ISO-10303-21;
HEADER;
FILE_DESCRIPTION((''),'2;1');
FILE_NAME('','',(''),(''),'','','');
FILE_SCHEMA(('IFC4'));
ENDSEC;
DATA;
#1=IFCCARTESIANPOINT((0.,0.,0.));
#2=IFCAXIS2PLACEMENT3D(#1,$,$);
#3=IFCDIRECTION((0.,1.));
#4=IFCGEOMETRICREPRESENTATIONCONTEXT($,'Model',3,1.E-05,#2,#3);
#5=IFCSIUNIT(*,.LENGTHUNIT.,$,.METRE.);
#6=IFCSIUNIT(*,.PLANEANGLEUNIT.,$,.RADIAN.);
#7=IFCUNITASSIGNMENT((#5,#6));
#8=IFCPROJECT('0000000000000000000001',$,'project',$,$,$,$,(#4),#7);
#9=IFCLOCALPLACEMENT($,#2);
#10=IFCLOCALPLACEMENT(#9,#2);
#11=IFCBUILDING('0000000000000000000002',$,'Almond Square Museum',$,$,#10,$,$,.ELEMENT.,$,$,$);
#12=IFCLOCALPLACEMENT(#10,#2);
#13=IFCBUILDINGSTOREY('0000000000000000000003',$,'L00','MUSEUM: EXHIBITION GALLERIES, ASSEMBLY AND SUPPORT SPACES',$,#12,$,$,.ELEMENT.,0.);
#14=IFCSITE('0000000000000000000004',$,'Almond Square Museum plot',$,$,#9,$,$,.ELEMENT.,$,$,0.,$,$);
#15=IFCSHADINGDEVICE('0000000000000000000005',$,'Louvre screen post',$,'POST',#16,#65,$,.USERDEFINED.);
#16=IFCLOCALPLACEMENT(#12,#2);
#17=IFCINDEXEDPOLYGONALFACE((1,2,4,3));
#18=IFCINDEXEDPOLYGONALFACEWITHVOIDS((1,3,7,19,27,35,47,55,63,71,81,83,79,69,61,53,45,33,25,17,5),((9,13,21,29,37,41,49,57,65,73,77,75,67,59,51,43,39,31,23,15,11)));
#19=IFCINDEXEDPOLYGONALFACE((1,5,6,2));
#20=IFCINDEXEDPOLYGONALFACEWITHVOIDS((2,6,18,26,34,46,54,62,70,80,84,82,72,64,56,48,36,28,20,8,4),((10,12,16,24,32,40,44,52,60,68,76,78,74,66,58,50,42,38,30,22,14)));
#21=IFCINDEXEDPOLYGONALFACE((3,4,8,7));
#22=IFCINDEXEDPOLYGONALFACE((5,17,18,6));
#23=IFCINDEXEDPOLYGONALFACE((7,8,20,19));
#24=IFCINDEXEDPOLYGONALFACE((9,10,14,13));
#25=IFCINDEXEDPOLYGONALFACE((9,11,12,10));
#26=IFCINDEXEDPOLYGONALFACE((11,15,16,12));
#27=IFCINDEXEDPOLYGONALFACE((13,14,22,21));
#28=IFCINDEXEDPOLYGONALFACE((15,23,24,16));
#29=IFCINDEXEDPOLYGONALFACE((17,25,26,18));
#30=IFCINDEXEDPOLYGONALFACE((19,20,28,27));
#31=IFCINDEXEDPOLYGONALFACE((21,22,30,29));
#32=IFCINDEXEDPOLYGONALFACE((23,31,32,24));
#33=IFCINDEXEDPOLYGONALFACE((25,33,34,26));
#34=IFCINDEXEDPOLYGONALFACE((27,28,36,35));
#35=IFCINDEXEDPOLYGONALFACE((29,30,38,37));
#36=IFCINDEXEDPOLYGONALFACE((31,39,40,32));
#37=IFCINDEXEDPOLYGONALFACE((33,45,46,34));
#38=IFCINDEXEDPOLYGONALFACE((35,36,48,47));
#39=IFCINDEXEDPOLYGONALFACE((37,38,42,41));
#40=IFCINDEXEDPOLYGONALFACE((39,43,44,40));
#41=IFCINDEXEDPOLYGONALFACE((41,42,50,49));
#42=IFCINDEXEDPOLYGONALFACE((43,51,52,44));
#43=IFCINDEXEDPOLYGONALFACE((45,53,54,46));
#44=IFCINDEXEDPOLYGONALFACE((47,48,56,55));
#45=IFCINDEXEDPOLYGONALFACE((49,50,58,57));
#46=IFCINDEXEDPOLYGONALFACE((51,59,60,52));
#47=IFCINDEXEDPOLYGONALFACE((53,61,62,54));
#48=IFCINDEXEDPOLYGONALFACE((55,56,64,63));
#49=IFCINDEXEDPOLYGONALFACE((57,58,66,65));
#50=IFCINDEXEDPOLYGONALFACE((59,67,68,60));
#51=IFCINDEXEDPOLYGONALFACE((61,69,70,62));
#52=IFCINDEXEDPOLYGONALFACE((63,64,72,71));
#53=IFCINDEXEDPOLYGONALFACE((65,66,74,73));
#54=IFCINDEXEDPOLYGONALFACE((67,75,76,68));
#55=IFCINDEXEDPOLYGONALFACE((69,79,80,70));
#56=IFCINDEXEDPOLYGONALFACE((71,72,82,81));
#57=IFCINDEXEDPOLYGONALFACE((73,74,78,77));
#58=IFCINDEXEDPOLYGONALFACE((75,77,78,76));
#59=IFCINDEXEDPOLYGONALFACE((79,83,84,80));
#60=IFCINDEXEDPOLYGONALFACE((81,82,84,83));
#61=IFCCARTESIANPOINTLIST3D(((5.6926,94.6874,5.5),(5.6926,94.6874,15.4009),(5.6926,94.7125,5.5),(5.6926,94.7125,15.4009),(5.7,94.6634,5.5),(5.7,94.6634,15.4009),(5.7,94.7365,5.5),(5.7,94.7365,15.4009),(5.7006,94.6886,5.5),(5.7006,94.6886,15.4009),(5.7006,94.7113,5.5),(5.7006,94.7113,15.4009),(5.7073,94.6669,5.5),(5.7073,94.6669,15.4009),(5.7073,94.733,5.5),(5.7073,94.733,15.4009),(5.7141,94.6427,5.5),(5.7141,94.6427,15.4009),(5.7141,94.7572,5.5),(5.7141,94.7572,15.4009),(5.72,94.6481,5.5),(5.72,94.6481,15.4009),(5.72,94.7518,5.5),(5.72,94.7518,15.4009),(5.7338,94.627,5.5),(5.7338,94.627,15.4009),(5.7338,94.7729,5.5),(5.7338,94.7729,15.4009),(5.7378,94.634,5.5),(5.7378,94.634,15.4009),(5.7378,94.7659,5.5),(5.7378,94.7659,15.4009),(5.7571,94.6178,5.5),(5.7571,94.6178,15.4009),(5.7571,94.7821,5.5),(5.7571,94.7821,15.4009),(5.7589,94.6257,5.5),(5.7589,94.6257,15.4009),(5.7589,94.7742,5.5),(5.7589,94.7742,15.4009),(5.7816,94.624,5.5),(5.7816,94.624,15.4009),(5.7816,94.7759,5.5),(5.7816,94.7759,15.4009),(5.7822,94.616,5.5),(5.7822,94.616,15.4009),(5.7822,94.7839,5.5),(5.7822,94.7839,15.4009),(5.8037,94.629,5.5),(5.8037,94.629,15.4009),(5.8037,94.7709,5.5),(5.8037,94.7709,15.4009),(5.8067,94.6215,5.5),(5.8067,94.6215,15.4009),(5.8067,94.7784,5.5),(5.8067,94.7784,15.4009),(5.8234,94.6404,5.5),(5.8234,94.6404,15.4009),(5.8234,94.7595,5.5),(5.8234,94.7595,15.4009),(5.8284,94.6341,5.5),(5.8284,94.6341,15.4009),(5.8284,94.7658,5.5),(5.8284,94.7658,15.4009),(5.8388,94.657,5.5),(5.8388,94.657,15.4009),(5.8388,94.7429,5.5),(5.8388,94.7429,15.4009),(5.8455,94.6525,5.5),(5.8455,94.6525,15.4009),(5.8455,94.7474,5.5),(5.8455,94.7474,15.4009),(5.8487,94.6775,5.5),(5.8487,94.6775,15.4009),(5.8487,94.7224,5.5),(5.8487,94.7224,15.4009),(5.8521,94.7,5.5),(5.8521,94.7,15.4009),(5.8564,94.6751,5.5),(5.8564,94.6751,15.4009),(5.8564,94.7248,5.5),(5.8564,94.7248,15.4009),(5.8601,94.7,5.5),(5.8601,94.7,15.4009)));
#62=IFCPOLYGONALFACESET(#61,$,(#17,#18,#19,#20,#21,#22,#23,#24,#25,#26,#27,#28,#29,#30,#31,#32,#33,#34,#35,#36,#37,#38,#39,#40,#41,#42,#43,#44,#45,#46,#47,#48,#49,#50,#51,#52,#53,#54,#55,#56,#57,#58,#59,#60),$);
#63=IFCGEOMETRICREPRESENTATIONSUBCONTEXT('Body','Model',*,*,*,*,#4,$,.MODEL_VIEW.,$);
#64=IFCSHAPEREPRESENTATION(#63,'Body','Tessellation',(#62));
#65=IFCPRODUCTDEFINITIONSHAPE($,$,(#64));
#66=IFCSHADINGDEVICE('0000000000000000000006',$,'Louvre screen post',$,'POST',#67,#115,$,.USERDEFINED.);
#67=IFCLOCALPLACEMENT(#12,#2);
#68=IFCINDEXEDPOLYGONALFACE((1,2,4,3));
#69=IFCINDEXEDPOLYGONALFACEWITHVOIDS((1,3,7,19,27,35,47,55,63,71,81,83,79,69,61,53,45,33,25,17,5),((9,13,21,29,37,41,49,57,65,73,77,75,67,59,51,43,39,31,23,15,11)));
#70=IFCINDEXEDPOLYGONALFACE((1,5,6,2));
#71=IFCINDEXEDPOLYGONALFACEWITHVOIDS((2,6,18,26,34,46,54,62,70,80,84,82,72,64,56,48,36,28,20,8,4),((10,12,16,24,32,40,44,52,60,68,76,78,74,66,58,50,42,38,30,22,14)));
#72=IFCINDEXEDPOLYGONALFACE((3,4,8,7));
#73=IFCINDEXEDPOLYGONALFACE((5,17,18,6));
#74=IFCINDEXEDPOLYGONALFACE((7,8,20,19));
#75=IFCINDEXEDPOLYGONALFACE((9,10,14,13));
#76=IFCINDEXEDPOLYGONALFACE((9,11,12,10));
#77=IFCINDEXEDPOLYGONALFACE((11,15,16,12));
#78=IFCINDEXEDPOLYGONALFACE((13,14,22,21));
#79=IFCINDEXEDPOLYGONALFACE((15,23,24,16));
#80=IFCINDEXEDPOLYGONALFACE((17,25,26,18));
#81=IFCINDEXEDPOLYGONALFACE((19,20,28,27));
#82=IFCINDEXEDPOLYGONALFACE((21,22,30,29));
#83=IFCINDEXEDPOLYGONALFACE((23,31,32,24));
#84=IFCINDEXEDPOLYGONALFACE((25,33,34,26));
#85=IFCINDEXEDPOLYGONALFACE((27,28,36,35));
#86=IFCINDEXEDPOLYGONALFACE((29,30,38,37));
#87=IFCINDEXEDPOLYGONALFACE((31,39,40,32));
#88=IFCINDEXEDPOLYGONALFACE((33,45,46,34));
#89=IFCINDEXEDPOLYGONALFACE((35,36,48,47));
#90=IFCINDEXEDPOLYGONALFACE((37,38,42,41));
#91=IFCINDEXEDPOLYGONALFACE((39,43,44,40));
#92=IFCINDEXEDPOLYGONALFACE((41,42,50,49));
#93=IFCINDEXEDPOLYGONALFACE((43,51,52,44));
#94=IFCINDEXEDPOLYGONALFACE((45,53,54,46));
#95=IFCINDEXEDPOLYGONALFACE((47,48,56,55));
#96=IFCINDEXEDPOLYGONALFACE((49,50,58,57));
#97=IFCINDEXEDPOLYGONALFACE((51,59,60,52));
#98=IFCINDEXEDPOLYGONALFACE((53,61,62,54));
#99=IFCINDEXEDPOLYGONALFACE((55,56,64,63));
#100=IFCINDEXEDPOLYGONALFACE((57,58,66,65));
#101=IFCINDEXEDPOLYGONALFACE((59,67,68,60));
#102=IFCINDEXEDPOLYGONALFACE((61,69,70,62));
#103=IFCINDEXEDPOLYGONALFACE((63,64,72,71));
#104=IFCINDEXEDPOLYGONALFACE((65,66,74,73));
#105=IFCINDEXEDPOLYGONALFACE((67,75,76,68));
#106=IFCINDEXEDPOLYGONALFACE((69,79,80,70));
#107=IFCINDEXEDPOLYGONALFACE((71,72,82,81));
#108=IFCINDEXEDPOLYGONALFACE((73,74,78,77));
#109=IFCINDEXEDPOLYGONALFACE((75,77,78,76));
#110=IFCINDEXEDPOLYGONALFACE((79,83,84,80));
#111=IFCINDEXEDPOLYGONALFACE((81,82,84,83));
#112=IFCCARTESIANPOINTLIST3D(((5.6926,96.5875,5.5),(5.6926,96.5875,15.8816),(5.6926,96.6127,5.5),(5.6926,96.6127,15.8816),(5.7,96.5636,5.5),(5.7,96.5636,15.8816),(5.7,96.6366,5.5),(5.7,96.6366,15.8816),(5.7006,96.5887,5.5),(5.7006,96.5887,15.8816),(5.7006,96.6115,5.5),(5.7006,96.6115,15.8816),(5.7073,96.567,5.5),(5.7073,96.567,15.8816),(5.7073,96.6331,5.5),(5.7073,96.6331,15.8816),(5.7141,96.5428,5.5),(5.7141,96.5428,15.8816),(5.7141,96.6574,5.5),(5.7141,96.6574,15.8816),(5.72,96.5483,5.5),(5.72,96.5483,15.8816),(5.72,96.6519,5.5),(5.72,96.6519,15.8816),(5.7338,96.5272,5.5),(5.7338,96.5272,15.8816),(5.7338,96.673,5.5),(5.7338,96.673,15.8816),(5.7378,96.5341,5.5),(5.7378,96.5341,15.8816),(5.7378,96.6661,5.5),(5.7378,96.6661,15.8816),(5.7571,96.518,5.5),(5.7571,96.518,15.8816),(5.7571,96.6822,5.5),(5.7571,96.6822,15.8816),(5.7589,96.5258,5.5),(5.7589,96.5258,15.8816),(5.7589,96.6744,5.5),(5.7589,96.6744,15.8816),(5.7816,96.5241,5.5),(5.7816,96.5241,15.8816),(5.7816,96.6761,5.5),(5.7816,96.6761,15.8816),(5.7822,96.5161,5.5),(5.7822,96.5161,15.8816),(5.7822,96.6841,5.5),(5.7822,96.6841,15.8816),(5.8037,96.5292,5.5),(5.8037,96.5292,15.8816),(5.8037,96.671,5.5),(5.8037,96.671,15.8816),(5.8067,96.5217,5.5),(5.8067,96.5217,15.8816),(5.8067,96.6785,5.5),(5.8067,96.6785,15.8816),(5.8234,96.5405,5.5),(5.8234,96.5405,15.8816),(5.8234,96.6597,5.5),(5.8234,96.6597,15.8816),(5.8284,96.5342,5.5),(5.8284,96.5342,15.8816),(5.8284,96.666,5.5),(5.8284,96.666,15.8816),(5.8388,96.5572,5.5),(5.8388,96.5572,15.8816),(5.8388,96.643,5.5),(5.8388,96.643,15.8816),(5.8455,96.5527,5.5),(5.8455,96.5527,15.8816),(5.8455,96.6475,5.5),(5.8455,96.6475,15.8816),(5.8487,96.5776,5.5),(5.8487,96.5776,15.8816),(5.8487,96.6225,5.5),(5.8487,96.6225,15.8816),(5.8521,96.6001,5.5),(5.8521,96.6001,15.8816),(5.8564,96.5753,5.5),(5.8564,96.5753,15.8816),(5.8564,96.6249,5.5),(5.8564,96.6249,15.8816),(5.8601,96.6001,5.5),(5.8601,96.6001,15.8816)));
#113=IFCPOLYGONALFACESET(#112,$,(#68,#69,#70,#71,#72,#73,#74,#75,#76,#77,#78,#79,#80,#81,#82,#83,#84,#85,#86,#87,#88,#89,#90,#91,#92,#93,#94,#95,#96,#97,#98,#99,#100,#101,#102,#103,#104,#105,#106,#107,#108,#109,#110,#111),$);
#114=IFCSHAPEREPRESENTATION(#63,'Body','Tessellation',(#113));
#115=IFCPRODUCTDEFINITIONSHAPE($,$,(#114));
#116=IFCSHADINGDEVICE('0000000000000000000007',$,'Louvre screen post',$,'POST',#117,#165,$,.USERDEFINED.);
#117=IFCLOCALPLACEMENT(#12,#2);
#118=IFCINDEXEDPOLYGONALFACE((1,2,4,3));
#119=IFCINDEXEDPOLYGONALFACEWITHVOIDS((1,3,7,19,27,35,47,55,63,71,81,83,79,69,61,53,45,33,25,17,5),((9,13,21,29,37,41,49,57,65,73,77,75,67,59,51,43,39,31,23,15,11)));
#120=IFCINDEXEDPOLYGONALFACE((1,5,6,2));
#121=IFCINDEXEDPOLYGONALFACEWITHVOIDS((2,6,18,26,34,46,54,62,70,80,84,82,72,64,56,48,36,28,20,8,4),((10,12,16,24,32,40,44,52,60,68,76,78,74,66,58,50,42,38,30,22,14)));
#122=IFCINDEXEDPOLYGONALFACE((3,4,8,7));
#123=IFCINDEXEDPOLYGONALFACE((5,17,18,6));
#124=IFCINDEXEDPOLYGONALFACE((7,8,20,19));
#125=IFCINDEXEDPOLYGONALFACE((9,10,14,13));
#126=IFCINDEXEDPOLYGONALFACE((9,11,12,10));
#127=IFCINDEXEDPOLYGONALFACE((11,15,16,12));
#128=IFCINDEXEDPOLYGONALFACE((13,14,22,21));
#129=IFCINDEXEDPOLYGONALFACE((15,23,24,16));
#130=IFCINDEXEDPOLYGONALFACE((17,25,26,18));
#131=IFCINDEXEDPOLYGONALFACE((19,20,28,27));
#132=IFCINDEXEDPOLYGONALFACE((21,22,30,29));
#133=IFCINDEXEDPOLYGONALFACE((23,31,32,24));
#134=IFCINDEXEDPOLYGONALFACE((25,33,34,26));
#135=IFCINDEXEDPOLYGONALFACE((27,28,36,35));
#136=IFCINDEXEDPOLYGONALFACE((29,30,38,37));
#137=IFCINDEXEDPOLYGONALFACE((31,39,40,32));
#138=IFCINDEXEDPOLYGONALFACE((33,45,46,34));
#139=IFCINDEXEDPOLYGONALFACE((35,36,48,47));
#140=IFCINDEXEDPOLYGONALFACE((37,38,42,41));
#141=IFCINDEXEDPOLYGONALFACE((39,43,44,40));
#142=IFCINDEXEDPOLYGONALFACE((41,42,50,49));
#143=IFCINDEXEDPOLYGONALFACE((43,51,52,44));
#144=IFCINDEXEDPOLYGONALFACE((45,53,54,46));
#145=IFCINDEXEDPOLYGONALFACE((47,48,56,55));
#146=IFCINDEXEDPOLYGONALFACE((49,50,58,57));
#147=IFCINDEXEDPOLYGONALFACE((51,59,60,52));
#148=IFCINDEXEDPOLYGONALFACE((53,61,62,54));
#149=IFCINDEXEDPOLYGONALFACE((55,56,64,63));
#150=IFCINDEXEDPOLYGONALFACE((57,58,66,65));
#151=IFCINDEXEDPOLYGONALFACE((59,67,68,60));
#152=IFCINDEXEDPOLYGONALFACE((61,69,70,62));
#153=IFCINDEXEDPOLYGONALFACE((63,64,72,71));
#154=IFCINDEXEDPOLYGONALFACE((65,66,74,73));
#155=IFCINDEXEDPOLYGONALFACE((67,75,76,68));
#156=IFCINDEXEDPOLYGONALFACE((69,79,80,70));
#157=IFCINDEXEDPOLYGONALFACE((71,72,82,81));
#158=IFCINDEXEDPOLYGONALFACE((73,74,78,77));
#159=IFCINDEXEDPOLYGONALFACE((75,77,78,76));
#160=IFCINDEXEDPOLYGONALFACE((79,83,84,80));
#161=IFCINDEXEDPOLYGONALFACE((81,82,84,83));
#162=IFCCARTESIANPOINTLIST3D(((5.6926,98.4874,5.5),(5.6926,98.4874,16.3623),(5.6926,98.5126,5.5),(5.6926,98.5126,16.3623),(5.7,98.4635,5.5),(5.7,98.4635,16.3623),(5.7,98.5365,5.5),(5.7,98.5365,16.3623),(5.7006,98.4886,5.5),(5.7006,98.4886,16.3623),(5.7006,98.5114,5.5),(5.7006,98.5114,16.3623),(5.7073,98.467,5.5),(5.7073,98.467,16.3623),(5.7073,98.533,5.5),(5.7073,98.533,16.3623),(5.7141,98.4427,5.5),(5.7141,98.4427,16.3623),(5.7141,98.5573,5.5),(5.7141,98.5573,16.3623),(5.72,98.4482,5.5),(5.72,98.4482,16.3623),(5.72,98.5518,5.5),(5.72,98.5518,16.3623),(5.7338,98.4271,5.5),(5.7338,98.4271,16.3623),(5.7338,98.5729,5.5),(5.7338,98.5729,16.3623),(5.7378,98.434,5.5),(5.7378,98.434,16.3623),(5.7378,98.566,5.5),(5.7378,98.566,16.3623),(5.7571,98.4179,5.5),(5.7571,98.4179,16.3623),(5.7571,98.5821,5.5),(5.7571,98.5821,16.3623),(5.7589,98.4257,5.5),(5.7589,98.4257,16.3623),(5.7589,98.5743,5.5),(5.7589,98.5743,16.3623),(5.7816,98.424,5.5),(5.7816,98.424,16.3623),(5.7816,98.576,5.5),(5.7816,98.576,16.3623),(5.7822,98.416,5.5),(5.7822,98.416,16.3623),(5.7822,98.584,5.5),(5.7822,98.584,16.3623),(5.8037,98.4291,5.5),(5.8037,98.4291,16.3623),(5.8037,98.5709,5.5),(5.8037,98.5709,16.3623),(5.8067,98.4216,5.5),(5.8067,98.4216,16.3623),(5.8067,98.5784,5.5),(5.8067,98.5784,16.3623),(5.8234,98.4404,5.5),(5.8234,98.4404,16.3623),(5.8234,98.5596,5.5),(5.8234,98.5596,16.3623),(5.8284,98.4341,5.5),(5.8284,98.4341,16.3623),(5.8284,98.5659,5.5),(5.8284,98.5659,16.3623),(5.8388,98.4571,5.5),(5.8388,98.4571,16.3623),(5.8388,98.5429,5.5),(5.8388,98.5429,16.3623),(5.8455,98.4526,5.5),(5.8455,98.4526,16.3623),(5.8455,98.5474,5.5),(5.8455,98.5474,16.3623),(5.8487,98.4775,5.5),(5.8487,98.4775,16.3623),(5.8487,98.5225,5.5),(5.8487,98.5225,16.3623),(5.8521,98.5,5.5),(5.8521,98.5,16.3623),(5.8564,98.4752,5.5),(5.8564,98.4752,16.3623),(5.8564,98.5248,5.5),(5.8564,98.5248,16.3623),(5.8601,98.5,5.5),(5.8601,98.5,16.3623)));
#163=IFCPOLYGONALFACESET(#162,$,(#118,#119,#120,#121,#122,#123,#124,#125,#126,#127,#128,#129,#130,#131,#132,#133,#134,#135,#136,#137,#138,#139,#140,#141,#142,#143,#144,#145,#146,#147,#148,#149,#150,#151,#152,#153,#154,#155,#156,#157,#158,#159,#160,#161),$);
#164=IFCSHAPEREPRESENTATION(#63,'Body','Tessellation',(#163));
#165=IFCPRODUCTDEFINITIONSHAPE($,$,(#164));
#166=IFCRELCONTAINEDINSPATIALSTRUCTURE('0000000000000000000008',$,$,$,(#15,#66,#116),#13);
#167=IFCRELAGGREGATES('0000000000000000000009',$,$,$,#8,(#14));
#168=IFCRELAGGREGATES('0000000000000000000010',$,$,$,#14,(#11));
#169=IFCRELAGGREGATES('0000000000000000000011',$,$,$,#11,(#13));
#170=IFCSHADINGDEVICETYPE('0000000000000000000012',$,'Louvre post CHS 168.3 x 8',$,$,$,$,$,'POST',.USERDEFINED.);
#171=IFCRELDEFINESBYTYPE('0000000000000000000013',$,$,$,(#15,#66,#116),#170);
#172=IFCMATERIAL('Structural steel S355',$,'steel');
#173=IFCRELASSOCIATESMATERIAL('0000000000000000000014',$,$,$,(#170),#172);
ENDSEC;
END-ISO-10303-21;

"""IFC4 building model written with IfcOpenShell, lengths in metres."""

from ifc_helpers import new_model, si_unit, direction, frame, origin, origin_2d, place, context, subcontext, project, spatial, hollow_circle, extrude, material, material_profile, profile_set, type_object, element, save


model = new_model("IFC4")

# Units and contexts
model_context = context("Model", 3, precision=1e-05, world=origin(), true_north=direction((0.0, 1.0)))
body_context = subcontext(model_context, "Body", "Model", "MODEL_VIEW")
ifc_project = project(units=[si_unit("LENGTHUNIT", "METRE"), si_unit("PLANEANGLEUNIT", "RADIAN")], contexts=[model_context])

# Site, building, storey
site_placement = place(None, origin())
site = spatial("IfcSite", under=ifc_project, at=site_placement, Name="Almond Square Museum plot", CompositionType="ELEMENT", RefElevation=0.0)
building_placement = place(site_placement, origin())
building = spatial("IfcBuilding", under=site, at=building_placement, Name="Almond Square Museum", CompositionType="ELEMENT")
storey_placement = place(building_placement, origin())
storey = spatial("IfcBuildingStorey", under=building, at=storey_placement, Name="L00", Description="MUSEUM: EXHIBITION GALLERIES, ASSEMBLY AND SUPPORT SPACES", CompositionType="ELEMENT", Elevation=0.0)

# Shading devices
ifc_material_1 = material(Name="Structural steel S355", Category="steel")
ifc_material_profile_1 = material_profile(ifc_material_1, hollow_circle(Radius=0.0842, WallThickness=0.0081, at=origin_2d()))
ifc_profile_set_1 = profile_set([ifc_material_profile_1], Name="Structural steel S355")
shading_device_type_1 = type_object("IfcShadingDeviceType", Name="Louvre post CHS 168.3 x 8", ElementType="POST", PredefinedType="USERDEFINED", material=ifc_profile_set_1)
shading_device_1_placement = place(storey_placement, frame((5.7759, 94.7, 5.5), z_axis=(0.0, 0.0, 1.0), x_axis=(1.0, 0.0, 0.0)))
element("IfcShadingDevice", 1, at=shading_device_1_placement, inside=storey, type_object=shading_device_type_1, Name="Louvre screen post", ObjectType="POST", PredefinedType="USERDEFINED", context=body_context, shape_type="SweptSolid", body=[
    extrude(hollow_circle(Radius=0.0842, WallThickness=0.0081, at=origin_2d()), origin(), (0.0, 0.0, 1.0), 9.9009),
])
shading_device_2_placement = place(storey_placement, frame((5.7759, 96.6001, 5.5), z_axis=(0.0, 0.0, 1.0), x_axis=(1.0, 0.0, 0.0)))
element("IfcShadingDevice", 2, at=shading_device_2_placement, inside=storey, type_object=shading_device_type_1, Name="Louvre screen post", ObjectType="POST", PredefinedType="USERDEFINED", context=body_context, shape_type="SweptSolid", body=[
    extrude(hollow_circle(Radius=0.0842, WallThickness=0.0081, at=origin_2d()), origin(), (0.0, 0.0, 1.0), 10.3816),
])
shading_device_3_placement = place(storey_placement, frame((5.7759, 98.5, 5.5), z_axis=(0.0, 0.0, 1.0), x_axis=(1.0, 0.0, 0.0)))
element("IfcShadingDevice", 3, at=shading_device_3_placement, inside=storey, type_object=shading_device_type_1, Name="Louvre screen post", ObjectType="POST", PredefinedType="USERDEFINED", context=body_context, shape_type="SweptSolid", body=[
    extrude(hollow_circle(Radius=0.0842, WallThickness=0.0081, at=origin_2d()), origin(), (0.0, 0.0, 1.0), 10.8623),
])

save(model, "model.ifc")
